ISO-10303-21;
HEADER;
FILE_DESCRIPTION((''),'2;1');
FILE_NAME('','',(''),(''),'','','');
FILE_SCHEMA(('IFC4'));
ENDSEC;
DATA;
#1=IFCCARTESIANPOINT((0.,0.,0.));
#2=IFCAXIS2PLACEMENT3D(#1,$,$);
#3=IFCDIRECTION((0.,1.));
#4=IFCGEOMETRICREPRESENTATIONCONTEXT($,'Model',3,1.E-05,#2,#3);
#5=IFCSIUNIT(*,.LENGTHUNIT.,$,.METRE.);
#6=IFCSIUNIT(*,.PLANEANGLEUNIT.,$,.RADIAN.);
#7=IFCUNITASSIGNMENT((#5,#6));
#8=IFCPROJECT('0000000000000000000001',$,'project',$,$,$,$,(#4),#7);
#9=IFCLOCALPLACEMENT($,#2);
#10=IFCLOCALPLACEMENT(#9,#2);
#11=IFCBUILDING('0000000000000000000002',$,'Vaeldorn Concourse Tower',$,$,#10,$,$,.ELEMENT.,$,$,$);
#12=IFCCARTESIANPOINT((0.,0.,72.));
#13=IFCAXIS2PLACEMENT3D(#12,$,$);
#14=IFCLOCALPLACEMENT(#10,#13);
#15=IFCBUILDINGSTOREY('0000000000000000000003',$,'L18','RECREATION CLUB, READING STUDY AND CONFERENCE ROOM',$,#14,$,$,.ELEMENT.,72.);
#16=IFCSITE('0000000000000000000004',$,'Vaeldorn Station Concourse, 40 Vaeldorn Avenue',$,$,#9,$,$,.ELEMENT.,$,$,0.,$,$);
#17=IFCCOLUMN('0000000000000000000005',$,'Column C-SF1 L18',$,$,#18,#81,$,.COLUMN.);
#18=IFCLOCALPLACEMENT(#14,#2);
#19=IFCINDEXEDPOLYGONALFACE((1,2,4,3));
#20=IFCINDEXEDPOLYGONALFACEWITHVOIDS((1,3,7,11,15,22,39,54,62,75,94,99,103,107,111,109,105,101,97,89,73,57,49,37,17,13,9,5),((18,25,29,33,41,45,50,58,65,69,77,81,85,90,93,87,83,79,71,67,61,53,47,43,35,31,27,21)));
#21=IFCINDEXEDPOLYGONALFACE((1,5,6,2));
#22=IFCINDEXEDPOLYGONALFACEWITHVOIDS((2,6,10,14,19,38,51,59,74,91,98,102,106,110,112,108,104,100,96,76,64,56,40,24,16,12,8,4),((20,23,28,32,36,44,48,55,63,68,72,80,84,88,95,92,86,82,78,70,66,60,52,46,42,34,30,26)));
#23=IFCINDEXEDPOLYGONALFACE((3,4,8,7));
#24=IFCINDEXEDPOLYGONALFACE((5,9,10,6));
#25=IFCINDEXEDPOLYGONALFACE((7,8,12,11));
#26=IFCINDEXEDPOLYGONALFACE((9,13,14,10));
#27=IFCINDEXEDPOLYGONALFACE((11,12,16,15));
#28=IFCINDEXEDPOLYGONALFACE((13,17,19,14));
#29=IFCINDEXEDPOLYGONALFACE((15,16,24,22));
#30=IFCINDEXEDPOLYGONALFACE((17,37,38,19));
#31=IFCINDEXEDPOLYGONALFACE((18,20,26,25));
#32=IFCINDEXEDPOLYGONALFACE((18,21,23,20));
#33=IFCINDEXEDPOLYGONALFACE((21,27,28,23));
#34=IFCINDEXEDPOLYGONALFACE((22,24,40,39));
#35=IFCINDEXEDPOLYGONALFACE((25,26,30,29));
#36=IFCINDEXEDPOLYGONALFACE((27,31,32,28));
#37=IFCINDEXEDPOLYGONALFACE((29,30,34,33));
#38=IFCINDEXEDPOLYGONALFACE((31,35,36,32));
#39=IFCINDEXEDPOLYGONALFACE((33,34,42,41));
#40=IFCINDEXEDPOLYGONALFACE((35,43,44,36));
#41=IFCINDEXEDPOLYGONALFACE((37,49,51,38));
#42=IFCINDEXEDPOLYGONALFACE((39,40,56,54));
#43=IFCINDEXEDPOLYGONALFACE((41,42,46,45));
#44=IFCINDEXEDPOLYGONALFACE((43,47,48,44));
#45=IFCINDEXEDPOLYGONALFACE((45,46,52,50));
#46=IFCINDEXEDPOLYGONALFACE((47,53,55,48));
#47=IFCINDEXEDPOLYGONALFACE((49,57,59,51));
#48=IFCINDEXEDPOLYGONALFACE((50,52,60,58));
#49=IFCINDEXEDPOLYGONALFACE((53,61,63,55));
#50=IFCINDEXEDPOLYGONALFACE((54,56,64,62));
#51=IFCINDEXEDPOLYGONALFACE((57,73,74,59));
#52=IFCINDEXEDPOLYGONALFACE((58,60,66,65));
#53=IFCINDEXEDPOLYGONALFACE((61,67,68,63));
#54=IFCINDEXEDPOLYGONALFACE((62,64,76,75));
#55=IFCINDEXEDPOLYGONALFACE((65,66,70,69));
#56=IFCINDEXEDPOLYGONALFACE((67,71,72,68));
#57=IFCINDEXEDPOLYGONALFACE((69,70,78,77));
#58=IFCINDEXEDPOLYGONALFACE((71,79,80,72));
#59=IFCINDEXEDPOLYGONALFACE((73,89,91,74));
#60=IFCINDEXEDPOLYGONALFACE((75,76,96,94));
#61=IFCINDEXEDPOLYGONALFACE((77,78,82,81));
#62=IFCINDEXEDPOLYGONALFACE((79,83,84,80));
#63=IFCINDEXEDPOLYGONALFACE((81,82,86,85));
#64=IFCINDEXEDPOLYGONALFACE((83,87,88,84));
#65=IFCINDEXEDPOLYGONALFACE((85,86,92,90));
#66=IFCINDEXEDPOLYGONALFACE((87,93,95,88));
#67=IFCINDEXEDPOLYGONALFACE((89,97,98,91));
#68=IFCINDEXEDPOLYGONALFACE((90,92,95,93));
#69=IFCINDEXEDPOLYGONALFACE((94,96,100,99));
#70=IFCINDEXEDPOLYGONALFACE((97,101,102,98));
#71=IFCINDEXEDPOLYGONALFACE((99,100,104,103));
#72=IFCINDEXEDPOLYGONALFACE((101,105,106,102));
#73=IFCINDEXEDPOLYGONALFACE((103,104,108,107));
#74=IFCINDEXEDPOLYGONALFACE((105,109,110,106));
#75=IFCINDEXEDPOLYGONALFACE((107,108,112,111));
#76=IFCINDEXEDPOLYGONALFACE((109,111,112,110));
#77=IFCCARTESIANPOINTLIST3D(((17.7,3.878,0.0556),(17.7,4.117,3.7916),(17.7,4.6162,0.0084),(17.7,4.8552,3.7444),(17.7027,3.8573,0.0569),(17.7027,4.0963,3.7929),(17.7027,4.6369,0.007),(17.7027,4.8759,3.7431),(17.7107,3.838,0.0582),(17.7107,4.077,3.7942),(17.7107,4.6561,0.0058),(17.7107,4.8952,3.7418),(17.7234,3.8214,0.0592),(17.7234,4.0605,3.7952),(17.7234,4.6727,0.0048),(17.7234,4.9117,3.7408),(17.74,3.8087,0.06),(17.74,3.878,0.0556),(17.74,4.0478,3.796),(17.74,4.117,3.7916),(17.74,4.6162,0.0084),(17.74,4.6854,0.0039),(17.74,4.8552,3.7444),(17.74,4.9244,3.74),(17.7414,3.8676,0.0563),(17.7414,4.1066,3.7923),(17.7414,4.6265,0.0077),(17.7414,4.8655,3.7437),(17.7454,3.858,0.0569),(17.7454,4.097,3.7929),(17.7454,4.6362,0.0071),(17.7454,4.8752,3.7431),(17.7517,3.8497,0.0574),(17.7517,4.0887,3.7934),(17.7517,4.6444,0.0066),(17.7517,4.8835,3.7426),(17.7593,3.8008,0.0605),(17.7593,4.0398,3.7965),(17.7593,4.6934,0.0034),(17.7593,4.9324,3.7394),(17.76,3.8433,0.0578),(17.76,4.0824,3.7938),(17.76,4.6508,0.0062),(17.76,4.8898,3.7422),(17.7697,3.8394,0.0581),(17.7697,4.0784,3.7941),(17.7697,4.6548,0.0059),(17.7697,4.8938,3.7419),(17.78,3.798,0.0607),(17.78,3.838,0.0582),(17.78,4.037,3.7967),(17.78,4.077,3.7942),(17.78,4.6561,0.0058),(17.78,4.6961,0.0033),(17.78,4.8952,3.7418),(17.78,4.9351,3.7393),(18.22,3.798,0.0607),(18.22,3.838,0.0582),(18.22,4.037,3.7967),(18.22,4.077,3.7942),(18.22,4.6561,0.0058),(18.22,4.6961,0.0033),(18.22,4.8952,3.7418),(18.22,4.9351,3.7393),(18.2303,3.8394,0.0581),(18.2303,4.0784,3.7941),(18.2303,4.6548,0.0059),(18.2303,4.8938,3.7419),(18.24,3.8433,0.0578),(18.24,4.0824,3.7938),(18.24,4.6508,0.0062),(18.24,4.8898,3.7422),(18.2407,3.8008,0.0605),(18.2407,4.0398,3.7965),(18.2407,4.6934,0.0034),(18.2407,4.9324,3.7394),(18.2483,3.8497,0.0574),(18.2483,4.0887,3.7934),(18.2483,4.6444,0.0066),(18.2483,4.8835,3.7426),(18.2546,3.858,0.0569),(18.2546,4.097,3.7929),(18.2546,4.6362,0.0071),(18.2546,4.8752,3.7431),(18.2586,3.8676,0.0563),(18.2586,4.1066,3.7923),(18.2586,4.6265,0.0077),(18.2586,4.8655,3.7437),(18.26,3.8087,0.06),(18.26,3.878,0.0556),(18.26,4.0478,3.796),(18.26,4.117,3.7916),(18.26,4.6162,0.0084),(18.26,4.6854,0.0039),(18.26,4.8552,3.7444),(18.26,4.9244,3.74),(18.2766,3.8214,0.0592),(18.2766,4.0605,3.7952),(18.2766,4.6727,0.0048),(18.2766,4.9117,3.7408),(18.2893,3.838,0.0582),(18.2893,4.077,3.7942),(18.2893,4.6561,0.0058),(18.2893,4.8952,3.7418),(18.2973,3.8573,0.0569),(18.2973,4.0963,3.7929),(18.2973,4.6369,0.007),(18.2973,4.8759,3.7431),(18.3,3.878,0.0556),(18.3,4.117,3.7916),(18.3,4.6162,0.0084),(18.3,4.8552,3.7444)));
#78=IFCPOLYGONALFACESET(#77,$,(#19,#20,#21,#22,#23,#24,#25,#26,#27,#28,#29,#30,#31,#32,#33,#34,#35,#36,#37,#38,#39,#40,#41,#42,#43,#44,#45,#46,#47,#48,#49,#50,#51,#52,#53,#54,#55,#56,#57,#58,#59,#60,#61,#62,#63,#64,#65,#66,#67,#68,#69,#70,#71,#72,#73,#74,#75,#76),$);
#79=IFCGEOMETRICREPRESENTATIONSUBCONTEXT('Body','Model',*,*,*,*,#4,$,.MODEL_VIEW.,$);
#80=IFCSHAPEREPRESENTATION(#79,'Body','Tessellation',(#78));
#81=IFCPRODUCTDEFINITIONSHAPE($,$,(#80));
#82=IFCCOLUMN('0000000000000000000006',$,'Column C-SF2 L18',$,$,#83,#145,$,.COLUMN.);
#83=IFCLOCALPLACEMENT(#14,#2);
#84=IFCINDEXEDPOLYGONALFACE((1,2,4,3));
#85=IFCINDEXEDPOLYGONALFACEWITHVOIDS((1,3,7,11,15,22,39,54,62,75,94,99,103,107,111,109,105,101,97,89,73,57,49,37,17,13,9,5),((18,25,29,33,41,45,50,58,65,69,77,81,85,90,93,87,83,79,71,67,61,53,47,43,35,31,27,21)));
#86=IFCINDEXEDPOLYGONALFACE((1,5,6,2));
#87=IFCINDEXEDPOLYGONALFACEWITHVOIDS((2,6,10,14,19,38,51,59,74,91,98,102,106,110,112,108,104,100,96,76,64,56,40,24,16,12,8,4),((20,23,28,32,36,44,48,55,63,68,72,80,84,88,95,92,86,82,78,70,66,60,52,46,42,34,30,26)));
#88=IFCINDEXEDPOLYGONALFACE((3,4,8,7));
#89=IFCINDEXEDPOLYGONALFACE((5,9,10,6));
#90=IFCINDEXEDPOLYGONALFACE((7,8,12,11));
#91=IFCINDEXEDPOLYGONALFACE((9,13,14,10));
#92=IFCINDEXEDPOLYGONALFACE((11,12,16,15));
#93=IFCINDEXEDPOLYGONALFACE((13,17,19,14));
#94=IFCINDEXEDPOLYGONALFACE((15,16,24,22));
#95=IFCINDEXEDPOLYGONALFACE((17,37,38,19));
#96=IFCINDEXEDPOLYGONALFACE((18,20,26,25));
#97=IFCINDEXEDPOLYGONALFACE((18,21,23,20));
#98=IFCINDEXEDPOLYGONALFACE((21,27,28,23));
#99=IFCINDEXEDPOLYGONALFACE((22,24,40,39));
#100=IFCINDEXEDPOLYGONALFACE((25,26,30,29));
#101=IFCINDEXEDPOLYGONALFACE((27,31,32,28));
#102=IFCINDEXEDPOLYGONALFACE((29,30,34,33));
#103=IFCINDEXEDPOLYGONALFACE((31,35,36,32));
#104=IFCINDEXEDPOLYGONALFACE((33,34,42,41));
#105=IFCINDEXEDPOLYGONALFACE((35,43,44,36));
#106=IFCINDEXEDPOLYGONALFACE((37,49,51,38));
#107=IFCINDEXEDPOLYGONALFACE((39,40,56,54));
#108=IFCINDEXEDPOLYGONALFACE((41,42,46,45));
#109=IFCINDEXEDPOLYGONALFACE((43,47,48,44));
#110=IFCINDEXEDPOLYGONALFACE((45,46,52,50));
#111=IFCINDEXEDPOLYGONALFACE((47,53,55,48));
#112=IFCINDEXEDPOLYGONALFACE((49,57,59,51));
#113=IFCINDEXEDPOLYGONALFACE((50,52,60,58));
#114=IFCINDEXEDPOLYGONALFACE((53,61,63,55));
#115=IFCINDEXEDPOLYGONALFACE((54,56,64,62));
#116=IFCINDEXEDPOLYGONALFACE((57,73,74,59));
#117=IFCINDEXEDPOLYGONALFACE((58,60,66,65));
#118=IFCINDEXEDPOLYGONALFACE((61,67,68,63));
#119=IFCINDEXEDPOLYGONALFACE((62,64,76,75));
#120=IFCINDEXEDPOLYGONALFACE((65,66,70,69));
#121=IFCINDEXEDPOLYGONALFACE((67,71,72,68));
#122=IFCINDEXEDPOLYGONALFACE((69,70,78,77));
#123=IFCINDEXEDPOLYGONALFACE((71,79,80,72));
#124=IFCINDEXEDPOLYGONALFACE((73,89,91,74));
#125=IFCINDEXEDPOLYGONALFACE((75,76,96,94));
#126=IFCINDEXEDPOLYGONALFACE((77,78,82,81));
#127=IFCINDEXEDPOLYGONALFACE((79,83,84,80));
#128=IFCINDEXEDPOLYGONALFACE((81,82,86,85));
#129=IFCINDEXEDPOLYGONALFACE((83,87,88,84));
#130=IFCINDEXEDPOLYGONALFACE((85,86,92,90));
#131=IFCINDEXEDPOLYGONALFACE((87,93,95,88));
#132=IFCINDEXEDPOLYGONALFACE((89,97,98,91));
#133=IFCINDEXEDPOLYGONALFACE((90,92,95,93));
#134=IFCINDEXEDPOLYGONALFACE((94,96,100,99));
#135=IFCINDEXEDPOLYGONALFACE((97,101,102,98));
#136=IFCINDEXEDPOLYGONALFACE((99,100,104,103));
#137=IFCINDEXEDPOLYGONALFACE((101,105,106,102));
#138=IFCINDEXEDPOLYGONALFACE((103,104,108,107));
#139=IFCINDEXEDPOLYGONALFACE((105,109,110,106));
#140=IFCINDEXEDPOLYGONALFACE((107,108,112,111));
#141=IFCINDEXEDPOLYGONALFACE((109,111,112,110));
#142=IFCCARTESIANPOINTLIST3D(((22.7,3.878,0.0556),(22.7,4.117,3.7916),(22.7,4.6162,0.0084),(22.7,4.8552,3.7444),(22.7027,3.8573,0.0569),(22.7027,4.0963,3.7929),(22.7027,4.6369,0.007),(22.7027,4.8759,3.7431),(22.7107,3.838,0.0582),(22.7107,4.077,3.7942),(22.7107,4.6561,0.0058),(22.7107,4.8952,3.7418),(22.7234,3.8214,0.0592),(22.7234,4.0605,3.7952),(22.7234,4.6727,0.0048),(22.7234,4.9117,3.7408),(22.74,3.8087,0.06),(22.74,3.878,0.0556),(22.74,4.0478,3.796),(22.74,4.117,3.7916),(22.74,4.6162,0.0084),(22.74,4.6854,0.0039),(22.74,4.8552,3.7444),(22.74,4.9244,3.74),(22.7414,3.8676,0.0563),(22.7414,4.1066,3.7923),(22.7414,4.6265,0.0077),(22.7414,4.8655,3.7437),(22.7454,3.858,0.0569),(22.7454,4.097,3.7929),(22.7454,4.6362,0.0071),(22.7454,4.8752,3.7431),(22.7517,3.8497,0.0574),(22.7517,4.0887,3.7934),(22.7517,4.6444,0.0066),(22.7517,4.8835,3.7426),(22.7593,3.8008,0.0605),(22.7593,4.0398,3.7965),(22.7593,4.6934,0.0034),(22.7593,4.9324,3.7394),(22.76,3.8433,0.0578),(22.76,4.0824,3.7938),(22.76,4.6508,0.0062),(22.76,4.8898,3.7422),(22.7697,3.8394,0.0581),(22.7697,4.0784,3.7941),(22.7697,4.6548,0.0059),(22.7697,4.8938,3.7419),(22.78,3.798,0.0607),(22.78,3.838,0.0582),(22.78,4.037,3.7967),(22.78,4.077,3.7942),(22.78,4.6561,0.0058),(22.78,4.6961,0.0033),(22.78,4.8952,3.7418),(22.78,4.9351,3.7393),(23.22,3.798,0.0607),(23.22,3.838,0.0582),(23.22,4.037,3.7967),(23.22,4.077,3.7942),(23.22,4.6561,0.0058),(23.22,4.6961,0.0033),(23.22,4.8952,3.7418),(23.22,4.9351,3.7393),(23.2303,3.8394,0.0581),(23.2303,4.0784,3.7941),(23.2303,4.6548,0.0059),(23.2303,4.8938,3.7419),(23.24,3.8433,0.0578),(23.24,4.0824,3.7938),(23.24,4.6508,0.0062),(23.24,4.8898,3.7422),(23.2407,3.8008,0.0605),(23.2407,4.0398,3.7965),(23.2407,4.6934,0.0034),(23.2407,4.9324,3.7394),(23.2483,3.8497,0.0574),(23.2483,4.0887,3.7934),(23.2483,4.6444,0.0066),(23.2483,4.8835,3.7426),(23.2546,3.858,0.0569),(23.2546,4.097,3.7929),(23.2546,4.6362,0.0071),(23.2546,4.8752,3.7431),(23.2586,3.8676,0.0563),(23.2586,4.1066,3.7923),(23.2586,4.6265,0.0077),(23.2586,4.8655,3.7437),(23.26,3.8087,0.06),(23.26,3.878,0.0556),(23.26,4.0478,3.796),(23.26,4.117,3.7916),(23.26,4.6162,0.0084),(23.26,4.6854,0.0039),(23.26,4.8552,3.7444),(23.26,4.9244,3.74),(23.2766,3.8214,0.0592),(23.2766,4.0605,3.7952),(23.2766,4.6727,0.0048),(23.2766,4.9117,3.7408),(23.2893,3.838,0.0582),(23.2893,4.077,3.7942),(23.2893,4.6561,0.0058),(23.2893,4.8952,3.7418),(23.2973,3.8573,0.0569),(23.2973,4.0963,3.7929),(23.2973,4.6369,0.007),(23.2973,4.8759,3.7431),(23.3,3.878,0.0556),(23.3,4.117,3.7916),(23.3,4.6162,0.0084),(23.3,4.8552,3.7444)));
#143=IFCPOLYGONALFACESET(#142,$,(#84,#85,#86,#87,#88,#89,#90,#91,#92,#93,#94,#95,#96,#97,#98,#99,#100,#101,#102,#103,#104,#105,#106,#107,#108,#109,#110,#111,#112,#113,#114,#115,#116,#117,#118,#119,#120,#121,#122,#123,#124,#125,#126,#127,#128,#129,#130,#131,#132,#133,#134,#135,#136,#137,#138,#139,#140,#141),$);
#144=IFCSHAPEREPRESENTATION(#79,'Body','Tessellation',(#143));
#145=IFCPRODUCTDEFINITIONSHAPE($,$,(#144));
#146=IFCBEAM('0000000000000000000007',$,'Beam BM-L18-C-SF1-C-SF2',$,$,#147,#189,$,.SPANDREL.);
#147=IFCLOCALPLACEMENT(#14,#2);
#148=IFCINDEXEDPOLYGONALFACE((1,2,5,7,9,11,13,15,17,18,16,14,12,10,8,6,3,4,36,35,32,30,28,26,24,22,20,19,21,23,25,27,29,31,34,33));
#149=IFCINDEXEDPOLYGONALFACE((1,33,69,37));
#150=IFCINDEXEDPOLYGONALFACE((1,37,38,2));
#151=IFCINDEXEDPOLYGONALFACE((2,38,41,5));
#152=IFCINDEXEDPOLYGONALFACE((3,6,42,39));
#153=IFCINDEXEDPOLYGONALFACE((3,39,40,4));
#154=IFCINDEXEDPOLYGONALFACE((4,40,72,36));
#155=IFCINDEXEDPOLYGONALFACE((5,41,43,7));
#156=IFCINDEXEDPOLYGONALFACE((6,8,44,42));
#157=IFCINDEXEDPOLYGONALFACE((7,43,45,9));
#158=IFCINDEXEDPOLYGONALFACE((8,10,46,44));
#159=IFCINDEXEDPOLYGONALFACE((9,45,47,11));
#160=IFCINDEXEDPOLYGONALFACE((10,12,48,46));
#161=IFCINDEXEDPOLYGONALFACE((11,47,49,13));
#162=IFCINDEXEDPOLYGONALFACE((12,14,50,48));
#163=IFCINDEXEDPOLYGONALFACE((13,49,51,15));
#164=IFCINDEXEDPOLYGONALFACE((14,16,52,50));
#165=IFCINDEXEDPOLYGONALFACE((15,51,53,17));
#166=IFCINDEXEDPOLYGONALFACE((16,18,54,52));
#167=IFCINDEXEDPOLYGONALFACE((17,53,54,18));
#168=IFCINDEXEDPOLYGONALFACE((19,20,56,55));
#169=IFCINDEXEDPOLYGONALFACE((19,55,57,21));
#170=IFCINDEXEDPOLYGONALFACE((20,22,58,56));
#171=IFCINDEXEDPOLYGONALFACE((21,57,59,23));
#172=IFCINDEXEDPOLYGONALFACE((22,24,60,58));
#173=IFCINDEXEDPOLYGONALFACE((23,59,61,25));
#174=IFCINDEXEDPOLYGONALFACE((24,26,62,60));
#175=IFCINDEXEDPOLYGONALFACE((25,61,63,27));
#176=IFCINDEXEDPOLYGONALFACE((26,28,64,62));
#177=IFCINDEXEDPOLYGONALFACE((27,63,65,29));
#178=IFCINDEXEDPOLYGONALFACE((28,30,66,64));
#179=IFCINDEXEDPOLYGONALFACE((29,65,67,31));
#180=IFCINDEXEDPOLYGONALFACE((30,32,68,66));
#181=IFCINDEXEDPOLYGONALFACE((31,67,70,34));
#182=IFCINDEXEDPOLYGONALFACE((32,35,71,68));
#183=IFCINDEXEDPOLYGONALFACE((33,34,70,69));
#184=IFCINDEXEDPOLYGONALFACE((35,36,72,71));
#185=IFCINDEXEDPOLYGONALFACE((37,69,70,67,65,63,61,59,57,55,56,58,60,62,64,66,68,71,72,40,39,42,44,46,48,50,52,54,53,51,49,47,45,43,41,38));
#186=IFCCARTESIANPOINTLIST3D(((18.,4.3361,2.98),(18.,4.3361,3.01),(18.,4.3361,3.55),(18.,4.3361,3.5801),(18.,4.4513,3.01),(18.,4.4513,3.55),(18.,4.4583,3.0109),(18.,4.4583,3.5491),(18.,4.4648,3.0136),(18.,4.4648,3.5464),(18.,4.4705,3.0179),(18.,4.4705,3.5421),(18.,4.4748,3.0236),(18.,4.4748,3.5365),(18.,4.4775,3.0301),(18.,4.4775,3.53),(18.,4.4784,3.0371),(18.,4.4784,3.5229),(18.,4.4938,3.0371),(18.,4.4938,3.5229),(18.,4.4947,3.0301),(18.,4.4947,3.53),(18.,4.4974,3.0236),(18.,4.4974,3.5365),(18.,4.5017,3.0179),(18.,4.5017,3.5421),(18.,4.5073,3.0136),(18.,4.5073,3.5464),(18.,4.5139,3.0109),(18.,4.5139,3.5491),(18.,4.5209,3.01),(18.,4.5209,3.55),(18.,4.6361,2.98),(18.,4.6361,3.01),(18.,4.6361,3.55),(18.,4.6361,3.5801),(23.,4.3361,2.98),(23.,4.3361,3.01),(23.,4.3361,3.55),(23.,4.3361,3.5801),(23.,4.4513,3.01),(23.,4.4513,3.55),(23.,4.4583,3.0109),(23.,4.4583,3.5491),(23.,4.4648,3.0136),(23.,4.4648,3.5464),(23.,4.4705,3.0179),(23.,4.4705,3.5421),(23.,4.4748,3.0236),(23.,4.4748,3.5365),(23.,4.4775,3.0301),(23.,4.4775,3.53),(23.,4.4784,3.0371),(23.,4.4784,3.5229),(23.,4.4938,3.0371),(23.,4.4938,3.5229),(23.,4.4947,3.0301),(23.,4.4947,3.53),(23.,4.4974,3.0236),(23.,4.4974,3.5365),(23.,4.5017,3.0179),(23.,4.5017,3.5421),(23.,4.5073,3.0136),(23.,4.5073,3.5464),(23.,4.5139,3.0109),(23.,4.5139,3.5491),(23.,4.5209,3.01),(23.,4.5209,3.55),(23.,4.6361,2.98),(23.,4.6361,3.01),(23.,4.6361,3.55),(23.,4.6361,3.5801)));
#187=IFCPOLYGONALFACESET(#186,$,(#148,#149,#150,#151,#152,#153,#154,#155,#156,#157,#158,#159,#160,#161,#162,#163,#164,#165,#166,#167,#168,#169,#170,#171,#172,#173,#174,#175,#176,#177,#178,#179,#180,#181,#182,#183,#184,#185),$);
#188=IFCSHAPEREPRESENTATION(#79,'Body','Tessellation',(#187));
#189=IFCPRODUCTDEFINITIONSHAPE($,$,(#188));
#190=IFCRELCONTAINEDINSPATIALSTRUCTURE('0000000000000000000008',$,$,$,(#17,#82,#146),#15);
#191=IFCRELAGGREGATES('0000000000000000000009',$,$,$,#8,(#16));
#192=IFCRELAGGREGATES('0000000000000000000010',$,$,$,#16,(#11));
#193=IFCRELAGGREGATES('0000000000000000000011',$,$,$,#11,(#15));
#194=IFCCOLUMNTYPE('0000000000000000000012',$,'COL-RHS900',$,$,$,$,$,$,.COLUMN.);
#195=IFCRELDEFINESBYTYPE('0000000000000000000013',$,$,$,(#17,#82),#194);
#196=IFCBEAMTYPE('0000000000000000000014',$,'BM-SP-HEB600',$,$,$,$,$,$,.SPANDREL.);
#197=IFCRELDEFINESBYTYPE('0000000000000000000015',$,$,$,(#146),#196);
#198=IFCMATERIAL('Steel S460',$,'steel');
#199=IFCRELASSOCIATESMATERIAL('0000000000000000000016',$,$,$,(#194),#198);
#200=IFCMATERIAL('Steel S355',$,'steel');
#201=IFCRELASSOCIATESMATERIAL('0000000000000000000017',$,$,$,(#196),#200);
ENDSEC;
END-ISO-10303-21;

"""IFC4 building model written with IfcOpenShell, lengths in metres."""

from ifc_helpers import new_model, si_unit, direction, frame, origin, origin_2d, place, context, subcontext, project, spatial, hollow_rectangle, i_section, extrude, source, transform, mapped, material, material_profile, profile_set, type_object, element, save


model = new_model("IFC4")

# Units and contexts
model_context = context("Model", 3, precision=1e-05, world=origin(), true_north=direction((0.0, 1.0)))
body_context = subcontext(model_context, "Body", "Model", "MODEL_VIEW")
ifc_project = project(units=[si_unit("LENGTHUNIT", "METRE"), si_unit("PLANEANGLEUNIT", "RADIAN")], contexts=[model_context])

# Site, building, storey
site_placement = place(None, origin())
site = spatial("IfcSite", under=ifc_project, at=site_placement, Name="Vaeldorn Station Concourse, 40 Vaeldorn Avenue", CompositionType="ELEMENT", RefElevation=0.0)
building_placement = place(site_placement, origin())
building = spatial("IfcBuilding", under=site, at=building_placement, Name="Vaeldorn Concourse Tower", CompositionType="ELEMENT")
storey_placement = place(building_placement, frame((0.0, 0.0, 72.0)))
storey = spatial("IfcBuildingStorey", under=building, at=storey_placement, Name="L18", Description="RECREATION CLUB, READING STUDY AND CONFERENCE ROOM", CompositionType="ELEMENT", Elevation=72.0)

# Columns
ifc_material_1 = material(Name="Steel S460", Category="steel")
ifc_material_profile_1 = material_profile(ifc_material_1, hollow_rectangle(XDim=0.6001, YDim=0.8999, WallThickness=0.04, InnerFilletRadius=0.04, OuterFilletRadius=0.0801, at=origin_2d()), Name="RHS 900x600x40")
ifc_profile_set_1 = profile_set([ifc_material_profile_1], Name="Steel S460")
column_type = type_object("IfcColumnType", Name="COL-RHS900", PredefinedType="COLUMN", material=ifc_profile_set_1)
shared_shape_1 = source(origin(), body_context, "Body", "SweptSolid", [
    extrude(hollow_rectangle(XDim=0.6001, YDim=0.8999, WallThickness=0.04, InnerFilletRadius=0.04, OuterFilletRadius=0.0801, at=origin_2d()), origin(), (0.0, 0.0, 1.0), 3.7437),
])
for number, where, z_axis, x_axis, name in (
    (1, (18.0, 4.2471, 0.032), (0.0, 0.063844, 0.99796), (-1.0, 0.0, 0.0), "Column C-SF1 L18"),
    (2, (23.0, 4.2471, 0.032), (0.0, 0.063844, 0.99796), (-1.0, 0.0, 0.0), "Column C-SF2 L18"),
):
    element("IfcColumn", number, at=place(storey_placement, frame(where, z_axis=z_axis, x_axis=x_axis)), inside=storey, type_object=column_type, Name=name, PredefinedType="COLUMN", context=body_context, shape_type="MappedRepresentation", body=[
        mapped(shared_shape_1, transform((0.0, 0.0, 0.0), scale=1.0)),
    ])

# Beam
ifc_material_2 = material(Name="Steel S355", Category="steel")
ifc_material_profile_2 = material_profile(ifc_material_2, i_section(OverallWidth=0.3, OverallDepth=0.6001, WebThickness=0.0154, FlangeThickness=0.03, FilletRadius=0.0271, at=origin_2d()), Name="HEB 600")
ifc_profile_set_2 = profile_set([ifc_material_profile_2], Name="Steel S355")
beam_type_1 = type_object("IfcBeamType", Name="BM-SP-HEB600", PredefinedType="SPANDREL", material=ifc_profile_set_2)
shared_shape_2 = source(origin(), body_context, "Body", "SweptSolid", [
    extrude(i_section(OverallWidth=0.3, OverallDepth=0.6001, WebThickness=0.0154, FlangeThickness=0.03, FilletRadius=0.0271, at=origin_2d()), origin(), (0.0, 0.0, 1.0), 5.0),
])
beam_1_placement = place(storey_placement, frame((18.0, 4.4861, 3.28), z_axis=(1.0, 0.0, 0.0), x_axis=(0.0, 1.0, 0.0)))
element("IfcBeam", 3, at=beam_1_placement, inside=storey, type_object=beam_type_1, Name="Beam BM-L18-C-SF1-C-SF2", PredefinedType="SPANDREL", context=body_context, shape_type="MappedRepresentation", body=[
    mapped(shared_shape_2, transform((0.0, 0.0, 0.0), scale=1.0)),
])

save(model, "model.ifc")
